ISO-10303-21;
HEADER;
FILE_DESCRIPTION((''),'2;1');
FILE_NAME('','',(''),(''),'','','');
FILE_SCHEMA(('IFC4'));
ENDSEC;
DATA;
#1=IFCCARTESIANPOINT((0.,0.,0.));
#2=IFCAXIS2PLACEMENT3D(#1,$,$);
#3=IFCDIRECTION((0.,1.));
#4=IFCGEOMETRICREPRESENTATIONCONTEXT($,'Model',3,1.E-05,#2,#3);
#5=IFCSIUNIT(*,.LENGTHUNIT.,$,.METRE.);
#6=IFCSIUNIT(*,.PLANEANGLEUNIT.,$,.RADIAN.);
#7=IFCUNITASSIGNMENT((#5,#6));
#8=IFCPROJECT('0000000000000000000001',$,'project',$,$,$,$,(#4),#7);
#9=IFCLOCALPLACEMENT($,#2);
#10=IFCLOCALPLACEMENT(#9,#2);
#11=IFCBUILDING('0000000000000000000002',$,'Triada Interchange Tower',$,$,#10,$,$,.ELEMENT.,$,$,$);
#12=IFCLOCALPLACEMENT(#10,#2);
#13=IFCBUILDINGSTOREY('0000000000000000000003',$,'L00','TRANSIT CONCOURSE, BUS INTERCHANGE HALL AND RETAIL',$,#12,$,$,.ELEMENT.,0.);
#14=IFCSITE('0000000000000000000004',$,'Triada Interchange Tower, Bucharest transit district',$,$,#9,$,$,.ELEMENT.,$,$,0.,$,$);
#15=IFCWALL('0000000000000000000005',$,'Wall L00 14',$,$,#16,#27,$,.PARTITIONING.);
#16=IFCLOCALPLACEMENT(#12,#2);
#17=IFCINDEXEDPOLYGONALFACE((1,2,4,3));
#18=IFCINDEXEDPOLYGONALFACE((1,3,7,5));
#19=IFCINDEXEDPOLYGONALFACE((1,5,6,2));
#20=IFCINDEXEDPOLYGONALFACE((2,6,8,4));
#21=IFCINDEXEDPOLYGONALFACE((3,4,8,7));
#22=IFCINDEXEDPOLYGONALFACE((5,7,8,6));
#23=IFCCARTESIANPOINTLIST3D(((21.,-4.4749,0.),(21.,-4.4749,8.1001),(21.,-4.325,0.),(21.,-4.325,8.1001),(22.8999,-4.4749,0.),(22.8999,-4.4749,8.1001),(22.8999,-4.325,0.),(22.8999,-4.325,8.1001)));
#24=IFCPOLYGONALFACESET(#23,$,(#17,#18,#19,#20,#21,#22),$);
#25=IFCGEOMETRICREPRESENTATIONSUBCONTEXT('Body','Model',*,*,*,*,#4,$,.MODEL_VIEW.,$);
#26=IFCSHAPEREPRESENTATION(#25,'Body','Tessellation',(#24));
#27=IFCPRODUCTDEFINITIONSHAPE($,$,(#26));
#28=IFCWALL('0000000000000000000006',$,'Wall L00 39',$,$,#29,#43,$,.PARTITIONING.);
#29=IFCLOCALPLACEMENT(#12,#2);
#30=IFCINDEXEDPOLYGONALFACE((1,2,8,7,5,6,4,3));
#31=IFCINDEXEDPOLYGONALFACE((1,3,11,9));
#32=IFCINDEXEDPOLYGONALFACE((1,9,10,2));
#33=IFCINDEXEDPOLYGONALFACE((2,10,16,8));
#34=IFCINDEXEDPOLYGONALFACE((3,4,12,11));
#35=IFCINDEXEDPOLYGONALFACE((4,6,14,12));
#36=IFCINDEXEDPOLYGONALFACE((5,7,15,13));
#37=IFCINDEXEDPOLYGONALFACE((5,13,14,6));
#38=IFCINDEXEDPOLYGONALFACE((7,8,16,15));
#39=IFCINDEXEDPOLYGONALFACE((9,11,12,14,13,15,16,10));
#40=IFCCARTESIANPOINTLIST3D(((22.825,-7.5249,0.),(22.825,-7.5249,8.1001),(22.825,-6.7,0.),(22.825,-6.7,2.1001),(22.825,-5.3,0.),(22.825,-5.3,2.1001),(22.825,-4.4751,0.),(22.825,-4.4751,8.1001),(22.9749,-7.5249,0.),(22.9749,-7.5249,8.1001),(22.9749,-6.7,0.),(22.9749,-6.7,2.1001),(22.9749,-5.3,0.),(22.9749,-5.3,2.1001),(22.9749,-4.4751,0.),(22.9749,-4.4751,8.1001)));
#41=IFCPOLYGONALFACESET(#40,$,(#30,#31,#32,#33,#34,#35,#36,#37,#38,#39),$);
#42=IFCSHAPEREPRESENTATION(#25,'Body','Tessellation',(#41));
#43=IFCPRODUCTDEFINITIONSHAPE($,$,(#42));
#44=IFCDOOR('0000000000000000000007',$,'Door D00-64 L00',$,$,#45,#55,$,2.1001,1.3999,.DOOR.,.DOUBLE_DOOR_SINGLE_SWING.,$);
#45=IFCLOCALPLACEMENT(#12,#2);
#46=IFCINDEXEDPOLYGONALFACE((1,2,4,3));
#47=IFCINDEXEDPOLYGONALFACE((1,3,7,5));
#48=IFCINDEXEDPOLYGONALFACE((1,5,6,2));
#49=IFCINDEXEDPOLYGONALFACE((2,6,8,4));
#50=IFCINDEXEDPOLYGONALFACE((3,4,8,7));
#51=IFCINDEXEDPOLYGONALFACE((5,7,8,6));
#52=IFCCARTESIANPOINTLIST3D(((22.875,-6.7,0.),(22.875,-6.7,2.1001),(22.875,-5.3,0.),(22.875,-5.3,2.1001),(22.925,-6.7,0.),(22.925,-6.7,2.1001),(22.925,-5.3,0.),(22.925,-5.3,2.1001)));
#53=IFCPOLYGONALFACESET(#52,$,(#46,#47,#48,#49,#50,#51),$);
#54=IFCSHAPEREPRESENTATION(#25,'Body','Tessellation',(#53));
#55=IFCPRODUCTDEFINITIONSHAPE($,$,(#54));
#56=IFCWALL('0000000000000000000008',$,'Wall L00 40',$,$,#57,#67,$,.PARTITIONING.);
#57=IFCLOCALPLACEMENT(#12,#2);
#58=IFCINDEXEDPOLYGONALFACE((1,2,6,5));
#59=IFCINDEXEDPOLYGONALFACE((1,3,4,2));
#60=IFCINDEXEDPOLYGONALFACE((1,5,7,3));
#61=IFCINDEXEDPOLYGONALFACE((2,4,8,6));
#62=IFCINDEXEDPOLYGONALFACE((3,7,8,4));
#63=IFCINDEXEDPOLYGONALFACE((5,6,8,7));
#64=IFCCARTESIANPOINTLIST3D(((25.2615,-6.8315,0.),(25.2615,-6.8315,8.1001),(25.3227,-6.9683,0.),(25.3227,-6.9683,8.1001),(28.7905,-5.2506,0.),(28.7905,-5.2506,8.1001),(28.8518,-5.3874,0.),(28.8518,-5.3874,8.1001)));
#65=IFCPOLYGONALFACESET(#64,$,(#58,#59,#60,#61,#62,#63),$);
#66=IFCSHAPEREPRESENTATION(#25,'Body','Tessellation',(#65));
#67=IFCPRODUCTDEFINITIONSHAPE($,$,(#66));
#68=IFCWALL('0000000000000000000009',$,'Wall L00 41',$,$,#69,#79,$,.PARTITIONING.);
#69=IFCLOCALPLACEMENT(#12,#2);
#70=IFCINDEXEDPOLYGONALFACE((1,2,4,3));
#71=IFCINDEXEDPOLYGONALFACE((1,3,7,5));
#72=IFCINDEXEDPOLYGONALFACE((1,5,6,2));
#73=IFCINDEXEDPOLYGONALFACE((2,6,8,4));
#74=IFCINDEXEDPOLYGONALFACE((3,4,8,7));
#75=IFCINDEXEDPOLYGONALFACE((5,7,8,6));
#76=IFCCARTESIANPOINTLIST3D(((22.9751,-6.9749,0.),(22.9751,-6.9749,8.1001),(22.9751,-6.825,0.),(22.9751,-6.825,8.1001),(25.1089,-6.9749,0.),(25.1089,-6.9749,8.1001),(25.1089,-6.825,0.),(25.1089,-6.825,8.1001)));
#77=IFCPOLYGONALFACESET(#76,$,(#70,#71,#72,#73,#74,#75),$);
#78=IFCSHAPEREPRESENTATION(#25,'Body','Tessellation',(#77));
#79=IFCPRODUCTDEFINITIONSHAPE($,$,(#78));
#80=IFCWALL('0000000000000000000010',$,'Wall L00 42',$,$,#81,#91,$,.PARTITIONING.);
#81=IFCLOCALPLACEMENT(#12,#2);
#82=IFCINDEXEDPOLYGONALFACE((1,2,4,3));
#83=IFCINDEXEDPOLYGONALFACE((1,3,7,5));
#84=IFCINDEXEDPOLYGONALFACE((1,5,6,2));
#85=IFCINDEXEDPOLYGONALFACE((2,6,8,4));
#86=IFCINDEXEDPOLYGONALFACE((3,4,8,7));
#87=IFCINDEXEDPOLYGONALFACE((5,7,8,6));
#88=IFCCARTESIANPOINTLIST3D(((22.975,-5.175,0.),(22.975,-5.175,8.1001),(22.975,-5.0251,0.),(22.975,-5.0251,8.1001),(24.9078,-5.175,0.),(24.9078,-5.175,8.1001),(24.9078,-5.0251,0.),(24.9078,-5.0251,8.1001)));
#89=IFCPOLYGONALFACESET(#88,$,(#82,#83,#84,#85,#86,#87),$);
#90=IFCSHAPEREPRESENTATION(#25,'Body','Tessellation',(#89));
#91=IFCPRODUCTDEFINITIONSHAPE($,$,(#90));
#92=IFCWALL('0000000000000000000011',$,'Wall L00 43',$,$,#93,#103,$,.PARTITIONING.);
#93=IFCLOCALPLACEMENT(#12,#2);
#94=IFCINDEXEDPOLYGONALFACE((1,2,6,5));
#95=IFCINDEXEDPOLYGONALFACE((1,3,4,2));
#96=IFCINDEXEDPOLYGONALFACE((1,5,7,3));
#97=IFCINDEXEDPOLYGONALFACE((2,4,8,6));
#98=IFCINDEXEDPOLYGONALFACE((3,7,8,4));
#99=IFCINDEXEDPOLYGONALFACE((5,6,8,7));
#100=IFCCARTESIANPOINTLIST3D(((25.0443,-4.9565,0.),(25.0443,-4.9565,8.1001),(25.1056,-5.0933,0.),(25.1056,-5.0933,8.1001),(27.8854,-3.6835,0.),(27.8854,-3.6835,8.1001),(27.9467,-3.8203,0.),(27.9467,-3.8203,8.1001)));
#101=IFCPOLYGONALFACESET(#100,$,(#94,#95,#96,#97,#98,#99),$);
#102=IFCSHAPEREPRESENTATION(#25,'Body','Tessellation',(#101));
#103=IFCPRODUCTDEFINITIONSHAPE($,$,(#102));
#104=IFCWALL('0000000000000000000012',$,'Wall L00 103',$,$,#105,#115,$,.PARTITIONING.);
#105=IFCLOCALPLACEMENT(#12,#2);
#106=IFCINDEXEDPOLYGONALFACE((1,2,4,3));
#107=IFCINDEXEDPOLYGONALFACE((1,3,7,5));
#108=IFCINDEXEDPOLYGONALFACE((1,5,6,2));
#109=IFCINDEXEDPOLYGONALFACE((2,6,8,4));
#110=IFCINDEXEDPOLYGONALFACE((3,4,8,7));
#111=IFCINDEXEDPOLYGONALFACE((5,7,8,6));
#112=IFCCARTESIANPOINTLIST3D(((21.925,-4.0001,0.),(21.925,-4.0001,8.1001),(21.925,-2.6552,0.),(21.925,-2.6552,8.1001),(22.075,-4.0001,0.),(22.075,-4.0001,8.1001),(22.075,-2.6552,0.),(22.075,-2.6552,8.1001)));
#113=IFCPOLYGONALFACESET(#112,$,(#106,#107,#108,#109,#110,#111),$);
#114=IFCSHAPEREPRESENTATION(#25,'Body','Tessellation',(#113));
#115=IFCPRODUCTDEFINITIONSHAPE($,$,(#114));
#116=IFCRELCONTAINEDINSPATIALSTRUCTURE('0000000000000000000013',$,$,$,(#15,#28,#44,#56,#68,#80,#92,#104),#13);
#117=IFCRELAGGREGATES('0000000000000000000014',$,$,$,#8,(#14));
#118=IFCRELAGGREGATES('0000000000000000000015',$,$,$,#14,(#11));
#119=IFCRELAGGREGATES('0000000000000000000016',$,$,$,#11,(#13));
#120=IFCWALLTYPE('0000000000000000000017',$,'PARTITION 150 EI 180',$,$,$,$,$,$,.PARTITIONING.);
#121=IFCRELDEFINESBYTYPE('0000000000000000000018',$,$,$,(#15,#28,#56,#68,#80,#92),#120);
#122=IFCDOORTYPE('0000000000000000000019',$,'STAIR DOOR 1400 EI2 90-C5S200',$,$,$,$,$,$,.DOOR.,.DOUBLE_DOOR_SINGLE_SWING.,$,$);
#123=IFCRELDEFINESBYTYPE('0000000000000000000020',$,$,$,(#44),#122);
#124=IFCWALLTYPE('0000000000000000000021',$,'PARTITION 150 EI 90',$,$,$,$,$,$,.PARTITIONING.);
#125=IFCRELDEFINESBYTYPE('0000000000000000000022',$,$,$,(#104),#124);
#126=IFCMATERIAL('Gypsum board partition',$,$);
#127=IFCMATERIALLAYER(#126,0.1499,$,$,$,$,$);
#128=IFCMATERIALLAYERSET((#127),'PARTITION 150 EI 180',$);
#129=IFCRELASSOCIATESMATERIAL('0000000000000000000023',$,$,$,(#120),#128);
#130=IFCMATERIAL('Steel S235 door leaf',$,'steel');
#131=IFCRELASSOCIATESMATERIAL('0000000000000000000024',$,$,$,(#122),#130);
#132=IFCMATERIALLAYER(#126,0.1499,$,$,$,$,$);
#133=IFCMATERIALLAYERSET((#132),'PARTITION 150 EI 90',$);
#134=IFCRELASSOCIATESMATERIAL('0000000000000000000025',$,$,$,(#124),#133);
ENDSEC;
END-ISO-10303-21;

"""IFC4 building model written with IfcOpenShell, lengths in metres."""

from ifc_helpers import new_model, si_unit, direction, frame, frame_2d, origin, place, context, subcontext, project, spatial, rectangle, extrude, material, layer, layer_set, type_object, element, fill, save


model = new_model("IFC4")

# Units and contexts
model_context = context("Model", 3, precision=1e-05, world=origin(), true_north=direction((0.0, 1.0)))
body_context = subcontext(model_context, "Body", "Model", "MODEL_VIEW")
ifc_project = project(units=[si_unit("LENGTHUNIT", "METRE"), si_unit("PLANEANGLEUNIT", "RADIAN")], contexts=[model_context])

# Site, building, storey
site_placement = place(None, origin())
site = spatial("IfcSite", under=ifc_project, at=site_placement, Name="Triada Interchange Tower, Bucharest transit district", CompositionType="ELEMENT", RefElevation=0.0)
building_placement = place(site_placement, origin())
building = spatial("IfcBuilding", under=site, at=building_placement, Name="Triada Interchange Tower", CompositionType="ELEMENT")
storey_placement = place(building_placement, origin())
storey = spatial("IfcBuildingStorey", under=building, at=storey_placement, Name="L00", Description="TRANSIT CONCOURSE, BUS INTERCHANGE HALL AND RETAIL", CompositionType="ELEMENT", Elevation=0.0)

# Wall
ifc_material_1 = material(Name="Gypsum board partition")
ifc_layer_1 = layer(ifc_material_1, 0.1499)
ifc_layer_set_1 = layer_set([ifc_layer_1], Name="PARTITION 150 EI 180")
wall_type_1 = type_object("IfcWallType", Name="PARTITION 150 EI 180", PredefinedType="PARTITIONING", material=ifc_layer_set_1)
wall_1_placement = place(storey_placement, frame((21.0, -4.3999, 0.0), z_axis=(0.0, 0.0, 1.0), x_axis=(1.0, 0.0, 0.0)))
element("IfcWall", 1, at=wall_1_placement, inside=storey, type_object=wall_type_1, Name="Wall L00 14", PredefinedType="PARTITIONING", context=body_context, shape_type="SweptSolid", body=[
    extrude(rectangle(XDim=1.8999, YDim=0.1499, at=frame_2d((0.95, 0.0))), origin(), (0.0, 0.0, 1.0), 8.1001),
])

# Wall, opening, door
wall_2_placement = place(storey_placement, frame((22.8999, -7.5249, 0.0), z_axis=(0.0, 0.0, 1.0), x_axis=(0.0, 1.0, 0.0)))
wall_2 = element("IfcWall", 2, at=wall_2_placement, inside=storey, type_object=wall_type_1, Name="Wall L00 39", PredefinedType="PARTITIONING", context=body_context, shape_type="SweptSolid", body=[
    extrude(rectangle(XDim=3.0498, YDim=0.1499, at=frame_2d((1.5249, 0.0))), origin(), (0.0, 0.0, 1.0), 8.1001),
])
opening_1_placement = place(wall_2_placement, frame((0.825, 0.0, 0.0)))
opening_1 = element("IfcOpeningElement", 3, at=opening_1_placement, cuts=wall_2, PredefinedType="OPENING", context=body_context, shape_type="SweptSolid", body=[
    extrude(rectangle(XDim=1.3999, YDim=2.1001, at=frame_2d((0.7, 1.05))), frame((0.0, 0.085, 0.0), z_axis=(0.0, -1.0, 0.0), x_axis=(1.0, 0.0, 0.0)), (0.0, 0.0, 1.0), 0.1699),
])
ifc_material_2 = material(Name="Steel S235 door leaf", Category="steel")
door_type_1 = type_object("IfcDoorType", Name="STAIR DOOR 1400 EI2 90-C5S200", OperationType="DOUBLE_DOOR_SINGLE_SWING", PredefinedType="DOOR", material=ifc_material_2)
door_1_placement = place(opening_1_placement, origin())
door_1 = element("IfcDoor", 4, at=door_1_placement, inside=storey, type_object=door_type_1, Name="Door D00-64 L00", OperationType="DOUBLE_DOOR_SINGLE_SWING", OverallHeight=2.1001, OverallWidth=1.3999, PredefinedType="DOOR", context=body_context, shape_type="SweptSolid", body=[
    extrude(rectangle(XDim=1.3999, YDim=2.1001, at=frame_2d((0.7, 1.05))), frame((0.0, 0.0249, 0.0), z_axis=(0.0, -1.0, 0.0), x_axis=(1.0, 0.0, 0.0)), (0.0, 0.0, 1.0), 0.05),
])
fill(opening_1, door_1)

# Walls
wall_3_placement = place(storey_placement, frame((25.292, -6.8999, 0.0), z_axis=(0.0, 0.0, 1.0), x_axis=(0.912623, 0.408802, 0.0)))
element("IfcWall", 5, at=wall_3_placement, inside=storey, type_object=wall_type_1, Name="Wall L00 40", PredefinedType="PARTITIONING", context=body_context, shape_type="SweptSolid", body=[
    extrude(rectangle(XDim=3.8669, YDim=0.1499, at=frame_2d((1.9336, 0.0))), origin(), (0.0, 0.0, 1.0), 8.1001),
])
wall_4_placement = place(storey_placement, frame((22.9751, -6.8999, 0.0), z_axis=(0.0, 0.0, 1.0), x_axis=(1.0, 0.0, 0.0)))
element("IfcWall", 6, at=wall_4_placement, inside=storey, type_object=wall_type_1, Name="Wall L00 41", PredefinedType="PARTITIONING", context=body_context, shape_type="SweptSolid", body=[
    extrude(rectangle(XDim=2.1338, YDim=0.1499, at=frame_2d((1.0669, 0.0))), origin(), (0.0, 0.0, 1.0), 8.1001),
])
wall_5_placement = place(storey_placement, frame((22.9751, -5.1001, 0.0), z_axis=(0.0, 0.0, 1.0), x_axis=(1.0, 0.0, 0.0)))
element("IfcWall", 7, at=wall_5_placement, inside=storey, type_object=wall_type_1, Name="Wall L00 42", PredefinedType="PARTITIONING", context=body_context, shape_type="SweptSolid", body=[
    extrude(rectangle(XDim=1.9329, YDim=0.1499, at=frame_2d((0.9663, 0.0))), origin(), (0.0, 0.0, 1.0), 8.1001),
])
wall_6_placement = place(storey_placement, frame((25.075, -5.0249, 0.0), z_axis=(0.0, 0.0, 1.0), x_axis=(0.912585, 0.408887, 0.0)))
element("IfcWall", 8, at=wall_6_placement, inside=storey, type_object=wall_type_1, Name="Wall L00 43", PredefinedType="PARTITIONING", context=body_context, shape_type="SweptSolid", body=[
    extrude(rectangle(XDim=3.1133, YDim=0.1499, at=frame_2d((1.5566, 0.0))), origin(), (0.0, 0.0, 1.0), 8.1001),
])
ifc_layer_2 = layer(ifc_material_1, 0.1499)
ifc_layer_set_2 = layer_set([ifc_layer_2], Name="PARTITION 150 EI 90")
wall_type_2 = type_object("IfcWallType", Name="PARTITION 150 EI 90", PredefinedType="PARTITIONING", material=ifc_layer_set_2)
wall_7_placement = place(storey_placement, frame((22.0, -4.0, 0.0), z_axis=(0.0, 0.0, 1.0), x_axis=(0.0, 1.0, 0.0)))
element("IfcWall", 9, at=wall_7_placement, inside=storey, type_object=wall_type_2, Name="Wall L00 103", PredefinedType="PARTITIONING", context=body_context, shape_type="SweptSolid", body=[
    extrude(rectangle(XDim=1.345, YDim=0.1499, at=frame_2d((0.6724, 0.0))), origin(), (0.0, 0.0, 1.0), 8.1001),
])

save(model, "model.ifc")
